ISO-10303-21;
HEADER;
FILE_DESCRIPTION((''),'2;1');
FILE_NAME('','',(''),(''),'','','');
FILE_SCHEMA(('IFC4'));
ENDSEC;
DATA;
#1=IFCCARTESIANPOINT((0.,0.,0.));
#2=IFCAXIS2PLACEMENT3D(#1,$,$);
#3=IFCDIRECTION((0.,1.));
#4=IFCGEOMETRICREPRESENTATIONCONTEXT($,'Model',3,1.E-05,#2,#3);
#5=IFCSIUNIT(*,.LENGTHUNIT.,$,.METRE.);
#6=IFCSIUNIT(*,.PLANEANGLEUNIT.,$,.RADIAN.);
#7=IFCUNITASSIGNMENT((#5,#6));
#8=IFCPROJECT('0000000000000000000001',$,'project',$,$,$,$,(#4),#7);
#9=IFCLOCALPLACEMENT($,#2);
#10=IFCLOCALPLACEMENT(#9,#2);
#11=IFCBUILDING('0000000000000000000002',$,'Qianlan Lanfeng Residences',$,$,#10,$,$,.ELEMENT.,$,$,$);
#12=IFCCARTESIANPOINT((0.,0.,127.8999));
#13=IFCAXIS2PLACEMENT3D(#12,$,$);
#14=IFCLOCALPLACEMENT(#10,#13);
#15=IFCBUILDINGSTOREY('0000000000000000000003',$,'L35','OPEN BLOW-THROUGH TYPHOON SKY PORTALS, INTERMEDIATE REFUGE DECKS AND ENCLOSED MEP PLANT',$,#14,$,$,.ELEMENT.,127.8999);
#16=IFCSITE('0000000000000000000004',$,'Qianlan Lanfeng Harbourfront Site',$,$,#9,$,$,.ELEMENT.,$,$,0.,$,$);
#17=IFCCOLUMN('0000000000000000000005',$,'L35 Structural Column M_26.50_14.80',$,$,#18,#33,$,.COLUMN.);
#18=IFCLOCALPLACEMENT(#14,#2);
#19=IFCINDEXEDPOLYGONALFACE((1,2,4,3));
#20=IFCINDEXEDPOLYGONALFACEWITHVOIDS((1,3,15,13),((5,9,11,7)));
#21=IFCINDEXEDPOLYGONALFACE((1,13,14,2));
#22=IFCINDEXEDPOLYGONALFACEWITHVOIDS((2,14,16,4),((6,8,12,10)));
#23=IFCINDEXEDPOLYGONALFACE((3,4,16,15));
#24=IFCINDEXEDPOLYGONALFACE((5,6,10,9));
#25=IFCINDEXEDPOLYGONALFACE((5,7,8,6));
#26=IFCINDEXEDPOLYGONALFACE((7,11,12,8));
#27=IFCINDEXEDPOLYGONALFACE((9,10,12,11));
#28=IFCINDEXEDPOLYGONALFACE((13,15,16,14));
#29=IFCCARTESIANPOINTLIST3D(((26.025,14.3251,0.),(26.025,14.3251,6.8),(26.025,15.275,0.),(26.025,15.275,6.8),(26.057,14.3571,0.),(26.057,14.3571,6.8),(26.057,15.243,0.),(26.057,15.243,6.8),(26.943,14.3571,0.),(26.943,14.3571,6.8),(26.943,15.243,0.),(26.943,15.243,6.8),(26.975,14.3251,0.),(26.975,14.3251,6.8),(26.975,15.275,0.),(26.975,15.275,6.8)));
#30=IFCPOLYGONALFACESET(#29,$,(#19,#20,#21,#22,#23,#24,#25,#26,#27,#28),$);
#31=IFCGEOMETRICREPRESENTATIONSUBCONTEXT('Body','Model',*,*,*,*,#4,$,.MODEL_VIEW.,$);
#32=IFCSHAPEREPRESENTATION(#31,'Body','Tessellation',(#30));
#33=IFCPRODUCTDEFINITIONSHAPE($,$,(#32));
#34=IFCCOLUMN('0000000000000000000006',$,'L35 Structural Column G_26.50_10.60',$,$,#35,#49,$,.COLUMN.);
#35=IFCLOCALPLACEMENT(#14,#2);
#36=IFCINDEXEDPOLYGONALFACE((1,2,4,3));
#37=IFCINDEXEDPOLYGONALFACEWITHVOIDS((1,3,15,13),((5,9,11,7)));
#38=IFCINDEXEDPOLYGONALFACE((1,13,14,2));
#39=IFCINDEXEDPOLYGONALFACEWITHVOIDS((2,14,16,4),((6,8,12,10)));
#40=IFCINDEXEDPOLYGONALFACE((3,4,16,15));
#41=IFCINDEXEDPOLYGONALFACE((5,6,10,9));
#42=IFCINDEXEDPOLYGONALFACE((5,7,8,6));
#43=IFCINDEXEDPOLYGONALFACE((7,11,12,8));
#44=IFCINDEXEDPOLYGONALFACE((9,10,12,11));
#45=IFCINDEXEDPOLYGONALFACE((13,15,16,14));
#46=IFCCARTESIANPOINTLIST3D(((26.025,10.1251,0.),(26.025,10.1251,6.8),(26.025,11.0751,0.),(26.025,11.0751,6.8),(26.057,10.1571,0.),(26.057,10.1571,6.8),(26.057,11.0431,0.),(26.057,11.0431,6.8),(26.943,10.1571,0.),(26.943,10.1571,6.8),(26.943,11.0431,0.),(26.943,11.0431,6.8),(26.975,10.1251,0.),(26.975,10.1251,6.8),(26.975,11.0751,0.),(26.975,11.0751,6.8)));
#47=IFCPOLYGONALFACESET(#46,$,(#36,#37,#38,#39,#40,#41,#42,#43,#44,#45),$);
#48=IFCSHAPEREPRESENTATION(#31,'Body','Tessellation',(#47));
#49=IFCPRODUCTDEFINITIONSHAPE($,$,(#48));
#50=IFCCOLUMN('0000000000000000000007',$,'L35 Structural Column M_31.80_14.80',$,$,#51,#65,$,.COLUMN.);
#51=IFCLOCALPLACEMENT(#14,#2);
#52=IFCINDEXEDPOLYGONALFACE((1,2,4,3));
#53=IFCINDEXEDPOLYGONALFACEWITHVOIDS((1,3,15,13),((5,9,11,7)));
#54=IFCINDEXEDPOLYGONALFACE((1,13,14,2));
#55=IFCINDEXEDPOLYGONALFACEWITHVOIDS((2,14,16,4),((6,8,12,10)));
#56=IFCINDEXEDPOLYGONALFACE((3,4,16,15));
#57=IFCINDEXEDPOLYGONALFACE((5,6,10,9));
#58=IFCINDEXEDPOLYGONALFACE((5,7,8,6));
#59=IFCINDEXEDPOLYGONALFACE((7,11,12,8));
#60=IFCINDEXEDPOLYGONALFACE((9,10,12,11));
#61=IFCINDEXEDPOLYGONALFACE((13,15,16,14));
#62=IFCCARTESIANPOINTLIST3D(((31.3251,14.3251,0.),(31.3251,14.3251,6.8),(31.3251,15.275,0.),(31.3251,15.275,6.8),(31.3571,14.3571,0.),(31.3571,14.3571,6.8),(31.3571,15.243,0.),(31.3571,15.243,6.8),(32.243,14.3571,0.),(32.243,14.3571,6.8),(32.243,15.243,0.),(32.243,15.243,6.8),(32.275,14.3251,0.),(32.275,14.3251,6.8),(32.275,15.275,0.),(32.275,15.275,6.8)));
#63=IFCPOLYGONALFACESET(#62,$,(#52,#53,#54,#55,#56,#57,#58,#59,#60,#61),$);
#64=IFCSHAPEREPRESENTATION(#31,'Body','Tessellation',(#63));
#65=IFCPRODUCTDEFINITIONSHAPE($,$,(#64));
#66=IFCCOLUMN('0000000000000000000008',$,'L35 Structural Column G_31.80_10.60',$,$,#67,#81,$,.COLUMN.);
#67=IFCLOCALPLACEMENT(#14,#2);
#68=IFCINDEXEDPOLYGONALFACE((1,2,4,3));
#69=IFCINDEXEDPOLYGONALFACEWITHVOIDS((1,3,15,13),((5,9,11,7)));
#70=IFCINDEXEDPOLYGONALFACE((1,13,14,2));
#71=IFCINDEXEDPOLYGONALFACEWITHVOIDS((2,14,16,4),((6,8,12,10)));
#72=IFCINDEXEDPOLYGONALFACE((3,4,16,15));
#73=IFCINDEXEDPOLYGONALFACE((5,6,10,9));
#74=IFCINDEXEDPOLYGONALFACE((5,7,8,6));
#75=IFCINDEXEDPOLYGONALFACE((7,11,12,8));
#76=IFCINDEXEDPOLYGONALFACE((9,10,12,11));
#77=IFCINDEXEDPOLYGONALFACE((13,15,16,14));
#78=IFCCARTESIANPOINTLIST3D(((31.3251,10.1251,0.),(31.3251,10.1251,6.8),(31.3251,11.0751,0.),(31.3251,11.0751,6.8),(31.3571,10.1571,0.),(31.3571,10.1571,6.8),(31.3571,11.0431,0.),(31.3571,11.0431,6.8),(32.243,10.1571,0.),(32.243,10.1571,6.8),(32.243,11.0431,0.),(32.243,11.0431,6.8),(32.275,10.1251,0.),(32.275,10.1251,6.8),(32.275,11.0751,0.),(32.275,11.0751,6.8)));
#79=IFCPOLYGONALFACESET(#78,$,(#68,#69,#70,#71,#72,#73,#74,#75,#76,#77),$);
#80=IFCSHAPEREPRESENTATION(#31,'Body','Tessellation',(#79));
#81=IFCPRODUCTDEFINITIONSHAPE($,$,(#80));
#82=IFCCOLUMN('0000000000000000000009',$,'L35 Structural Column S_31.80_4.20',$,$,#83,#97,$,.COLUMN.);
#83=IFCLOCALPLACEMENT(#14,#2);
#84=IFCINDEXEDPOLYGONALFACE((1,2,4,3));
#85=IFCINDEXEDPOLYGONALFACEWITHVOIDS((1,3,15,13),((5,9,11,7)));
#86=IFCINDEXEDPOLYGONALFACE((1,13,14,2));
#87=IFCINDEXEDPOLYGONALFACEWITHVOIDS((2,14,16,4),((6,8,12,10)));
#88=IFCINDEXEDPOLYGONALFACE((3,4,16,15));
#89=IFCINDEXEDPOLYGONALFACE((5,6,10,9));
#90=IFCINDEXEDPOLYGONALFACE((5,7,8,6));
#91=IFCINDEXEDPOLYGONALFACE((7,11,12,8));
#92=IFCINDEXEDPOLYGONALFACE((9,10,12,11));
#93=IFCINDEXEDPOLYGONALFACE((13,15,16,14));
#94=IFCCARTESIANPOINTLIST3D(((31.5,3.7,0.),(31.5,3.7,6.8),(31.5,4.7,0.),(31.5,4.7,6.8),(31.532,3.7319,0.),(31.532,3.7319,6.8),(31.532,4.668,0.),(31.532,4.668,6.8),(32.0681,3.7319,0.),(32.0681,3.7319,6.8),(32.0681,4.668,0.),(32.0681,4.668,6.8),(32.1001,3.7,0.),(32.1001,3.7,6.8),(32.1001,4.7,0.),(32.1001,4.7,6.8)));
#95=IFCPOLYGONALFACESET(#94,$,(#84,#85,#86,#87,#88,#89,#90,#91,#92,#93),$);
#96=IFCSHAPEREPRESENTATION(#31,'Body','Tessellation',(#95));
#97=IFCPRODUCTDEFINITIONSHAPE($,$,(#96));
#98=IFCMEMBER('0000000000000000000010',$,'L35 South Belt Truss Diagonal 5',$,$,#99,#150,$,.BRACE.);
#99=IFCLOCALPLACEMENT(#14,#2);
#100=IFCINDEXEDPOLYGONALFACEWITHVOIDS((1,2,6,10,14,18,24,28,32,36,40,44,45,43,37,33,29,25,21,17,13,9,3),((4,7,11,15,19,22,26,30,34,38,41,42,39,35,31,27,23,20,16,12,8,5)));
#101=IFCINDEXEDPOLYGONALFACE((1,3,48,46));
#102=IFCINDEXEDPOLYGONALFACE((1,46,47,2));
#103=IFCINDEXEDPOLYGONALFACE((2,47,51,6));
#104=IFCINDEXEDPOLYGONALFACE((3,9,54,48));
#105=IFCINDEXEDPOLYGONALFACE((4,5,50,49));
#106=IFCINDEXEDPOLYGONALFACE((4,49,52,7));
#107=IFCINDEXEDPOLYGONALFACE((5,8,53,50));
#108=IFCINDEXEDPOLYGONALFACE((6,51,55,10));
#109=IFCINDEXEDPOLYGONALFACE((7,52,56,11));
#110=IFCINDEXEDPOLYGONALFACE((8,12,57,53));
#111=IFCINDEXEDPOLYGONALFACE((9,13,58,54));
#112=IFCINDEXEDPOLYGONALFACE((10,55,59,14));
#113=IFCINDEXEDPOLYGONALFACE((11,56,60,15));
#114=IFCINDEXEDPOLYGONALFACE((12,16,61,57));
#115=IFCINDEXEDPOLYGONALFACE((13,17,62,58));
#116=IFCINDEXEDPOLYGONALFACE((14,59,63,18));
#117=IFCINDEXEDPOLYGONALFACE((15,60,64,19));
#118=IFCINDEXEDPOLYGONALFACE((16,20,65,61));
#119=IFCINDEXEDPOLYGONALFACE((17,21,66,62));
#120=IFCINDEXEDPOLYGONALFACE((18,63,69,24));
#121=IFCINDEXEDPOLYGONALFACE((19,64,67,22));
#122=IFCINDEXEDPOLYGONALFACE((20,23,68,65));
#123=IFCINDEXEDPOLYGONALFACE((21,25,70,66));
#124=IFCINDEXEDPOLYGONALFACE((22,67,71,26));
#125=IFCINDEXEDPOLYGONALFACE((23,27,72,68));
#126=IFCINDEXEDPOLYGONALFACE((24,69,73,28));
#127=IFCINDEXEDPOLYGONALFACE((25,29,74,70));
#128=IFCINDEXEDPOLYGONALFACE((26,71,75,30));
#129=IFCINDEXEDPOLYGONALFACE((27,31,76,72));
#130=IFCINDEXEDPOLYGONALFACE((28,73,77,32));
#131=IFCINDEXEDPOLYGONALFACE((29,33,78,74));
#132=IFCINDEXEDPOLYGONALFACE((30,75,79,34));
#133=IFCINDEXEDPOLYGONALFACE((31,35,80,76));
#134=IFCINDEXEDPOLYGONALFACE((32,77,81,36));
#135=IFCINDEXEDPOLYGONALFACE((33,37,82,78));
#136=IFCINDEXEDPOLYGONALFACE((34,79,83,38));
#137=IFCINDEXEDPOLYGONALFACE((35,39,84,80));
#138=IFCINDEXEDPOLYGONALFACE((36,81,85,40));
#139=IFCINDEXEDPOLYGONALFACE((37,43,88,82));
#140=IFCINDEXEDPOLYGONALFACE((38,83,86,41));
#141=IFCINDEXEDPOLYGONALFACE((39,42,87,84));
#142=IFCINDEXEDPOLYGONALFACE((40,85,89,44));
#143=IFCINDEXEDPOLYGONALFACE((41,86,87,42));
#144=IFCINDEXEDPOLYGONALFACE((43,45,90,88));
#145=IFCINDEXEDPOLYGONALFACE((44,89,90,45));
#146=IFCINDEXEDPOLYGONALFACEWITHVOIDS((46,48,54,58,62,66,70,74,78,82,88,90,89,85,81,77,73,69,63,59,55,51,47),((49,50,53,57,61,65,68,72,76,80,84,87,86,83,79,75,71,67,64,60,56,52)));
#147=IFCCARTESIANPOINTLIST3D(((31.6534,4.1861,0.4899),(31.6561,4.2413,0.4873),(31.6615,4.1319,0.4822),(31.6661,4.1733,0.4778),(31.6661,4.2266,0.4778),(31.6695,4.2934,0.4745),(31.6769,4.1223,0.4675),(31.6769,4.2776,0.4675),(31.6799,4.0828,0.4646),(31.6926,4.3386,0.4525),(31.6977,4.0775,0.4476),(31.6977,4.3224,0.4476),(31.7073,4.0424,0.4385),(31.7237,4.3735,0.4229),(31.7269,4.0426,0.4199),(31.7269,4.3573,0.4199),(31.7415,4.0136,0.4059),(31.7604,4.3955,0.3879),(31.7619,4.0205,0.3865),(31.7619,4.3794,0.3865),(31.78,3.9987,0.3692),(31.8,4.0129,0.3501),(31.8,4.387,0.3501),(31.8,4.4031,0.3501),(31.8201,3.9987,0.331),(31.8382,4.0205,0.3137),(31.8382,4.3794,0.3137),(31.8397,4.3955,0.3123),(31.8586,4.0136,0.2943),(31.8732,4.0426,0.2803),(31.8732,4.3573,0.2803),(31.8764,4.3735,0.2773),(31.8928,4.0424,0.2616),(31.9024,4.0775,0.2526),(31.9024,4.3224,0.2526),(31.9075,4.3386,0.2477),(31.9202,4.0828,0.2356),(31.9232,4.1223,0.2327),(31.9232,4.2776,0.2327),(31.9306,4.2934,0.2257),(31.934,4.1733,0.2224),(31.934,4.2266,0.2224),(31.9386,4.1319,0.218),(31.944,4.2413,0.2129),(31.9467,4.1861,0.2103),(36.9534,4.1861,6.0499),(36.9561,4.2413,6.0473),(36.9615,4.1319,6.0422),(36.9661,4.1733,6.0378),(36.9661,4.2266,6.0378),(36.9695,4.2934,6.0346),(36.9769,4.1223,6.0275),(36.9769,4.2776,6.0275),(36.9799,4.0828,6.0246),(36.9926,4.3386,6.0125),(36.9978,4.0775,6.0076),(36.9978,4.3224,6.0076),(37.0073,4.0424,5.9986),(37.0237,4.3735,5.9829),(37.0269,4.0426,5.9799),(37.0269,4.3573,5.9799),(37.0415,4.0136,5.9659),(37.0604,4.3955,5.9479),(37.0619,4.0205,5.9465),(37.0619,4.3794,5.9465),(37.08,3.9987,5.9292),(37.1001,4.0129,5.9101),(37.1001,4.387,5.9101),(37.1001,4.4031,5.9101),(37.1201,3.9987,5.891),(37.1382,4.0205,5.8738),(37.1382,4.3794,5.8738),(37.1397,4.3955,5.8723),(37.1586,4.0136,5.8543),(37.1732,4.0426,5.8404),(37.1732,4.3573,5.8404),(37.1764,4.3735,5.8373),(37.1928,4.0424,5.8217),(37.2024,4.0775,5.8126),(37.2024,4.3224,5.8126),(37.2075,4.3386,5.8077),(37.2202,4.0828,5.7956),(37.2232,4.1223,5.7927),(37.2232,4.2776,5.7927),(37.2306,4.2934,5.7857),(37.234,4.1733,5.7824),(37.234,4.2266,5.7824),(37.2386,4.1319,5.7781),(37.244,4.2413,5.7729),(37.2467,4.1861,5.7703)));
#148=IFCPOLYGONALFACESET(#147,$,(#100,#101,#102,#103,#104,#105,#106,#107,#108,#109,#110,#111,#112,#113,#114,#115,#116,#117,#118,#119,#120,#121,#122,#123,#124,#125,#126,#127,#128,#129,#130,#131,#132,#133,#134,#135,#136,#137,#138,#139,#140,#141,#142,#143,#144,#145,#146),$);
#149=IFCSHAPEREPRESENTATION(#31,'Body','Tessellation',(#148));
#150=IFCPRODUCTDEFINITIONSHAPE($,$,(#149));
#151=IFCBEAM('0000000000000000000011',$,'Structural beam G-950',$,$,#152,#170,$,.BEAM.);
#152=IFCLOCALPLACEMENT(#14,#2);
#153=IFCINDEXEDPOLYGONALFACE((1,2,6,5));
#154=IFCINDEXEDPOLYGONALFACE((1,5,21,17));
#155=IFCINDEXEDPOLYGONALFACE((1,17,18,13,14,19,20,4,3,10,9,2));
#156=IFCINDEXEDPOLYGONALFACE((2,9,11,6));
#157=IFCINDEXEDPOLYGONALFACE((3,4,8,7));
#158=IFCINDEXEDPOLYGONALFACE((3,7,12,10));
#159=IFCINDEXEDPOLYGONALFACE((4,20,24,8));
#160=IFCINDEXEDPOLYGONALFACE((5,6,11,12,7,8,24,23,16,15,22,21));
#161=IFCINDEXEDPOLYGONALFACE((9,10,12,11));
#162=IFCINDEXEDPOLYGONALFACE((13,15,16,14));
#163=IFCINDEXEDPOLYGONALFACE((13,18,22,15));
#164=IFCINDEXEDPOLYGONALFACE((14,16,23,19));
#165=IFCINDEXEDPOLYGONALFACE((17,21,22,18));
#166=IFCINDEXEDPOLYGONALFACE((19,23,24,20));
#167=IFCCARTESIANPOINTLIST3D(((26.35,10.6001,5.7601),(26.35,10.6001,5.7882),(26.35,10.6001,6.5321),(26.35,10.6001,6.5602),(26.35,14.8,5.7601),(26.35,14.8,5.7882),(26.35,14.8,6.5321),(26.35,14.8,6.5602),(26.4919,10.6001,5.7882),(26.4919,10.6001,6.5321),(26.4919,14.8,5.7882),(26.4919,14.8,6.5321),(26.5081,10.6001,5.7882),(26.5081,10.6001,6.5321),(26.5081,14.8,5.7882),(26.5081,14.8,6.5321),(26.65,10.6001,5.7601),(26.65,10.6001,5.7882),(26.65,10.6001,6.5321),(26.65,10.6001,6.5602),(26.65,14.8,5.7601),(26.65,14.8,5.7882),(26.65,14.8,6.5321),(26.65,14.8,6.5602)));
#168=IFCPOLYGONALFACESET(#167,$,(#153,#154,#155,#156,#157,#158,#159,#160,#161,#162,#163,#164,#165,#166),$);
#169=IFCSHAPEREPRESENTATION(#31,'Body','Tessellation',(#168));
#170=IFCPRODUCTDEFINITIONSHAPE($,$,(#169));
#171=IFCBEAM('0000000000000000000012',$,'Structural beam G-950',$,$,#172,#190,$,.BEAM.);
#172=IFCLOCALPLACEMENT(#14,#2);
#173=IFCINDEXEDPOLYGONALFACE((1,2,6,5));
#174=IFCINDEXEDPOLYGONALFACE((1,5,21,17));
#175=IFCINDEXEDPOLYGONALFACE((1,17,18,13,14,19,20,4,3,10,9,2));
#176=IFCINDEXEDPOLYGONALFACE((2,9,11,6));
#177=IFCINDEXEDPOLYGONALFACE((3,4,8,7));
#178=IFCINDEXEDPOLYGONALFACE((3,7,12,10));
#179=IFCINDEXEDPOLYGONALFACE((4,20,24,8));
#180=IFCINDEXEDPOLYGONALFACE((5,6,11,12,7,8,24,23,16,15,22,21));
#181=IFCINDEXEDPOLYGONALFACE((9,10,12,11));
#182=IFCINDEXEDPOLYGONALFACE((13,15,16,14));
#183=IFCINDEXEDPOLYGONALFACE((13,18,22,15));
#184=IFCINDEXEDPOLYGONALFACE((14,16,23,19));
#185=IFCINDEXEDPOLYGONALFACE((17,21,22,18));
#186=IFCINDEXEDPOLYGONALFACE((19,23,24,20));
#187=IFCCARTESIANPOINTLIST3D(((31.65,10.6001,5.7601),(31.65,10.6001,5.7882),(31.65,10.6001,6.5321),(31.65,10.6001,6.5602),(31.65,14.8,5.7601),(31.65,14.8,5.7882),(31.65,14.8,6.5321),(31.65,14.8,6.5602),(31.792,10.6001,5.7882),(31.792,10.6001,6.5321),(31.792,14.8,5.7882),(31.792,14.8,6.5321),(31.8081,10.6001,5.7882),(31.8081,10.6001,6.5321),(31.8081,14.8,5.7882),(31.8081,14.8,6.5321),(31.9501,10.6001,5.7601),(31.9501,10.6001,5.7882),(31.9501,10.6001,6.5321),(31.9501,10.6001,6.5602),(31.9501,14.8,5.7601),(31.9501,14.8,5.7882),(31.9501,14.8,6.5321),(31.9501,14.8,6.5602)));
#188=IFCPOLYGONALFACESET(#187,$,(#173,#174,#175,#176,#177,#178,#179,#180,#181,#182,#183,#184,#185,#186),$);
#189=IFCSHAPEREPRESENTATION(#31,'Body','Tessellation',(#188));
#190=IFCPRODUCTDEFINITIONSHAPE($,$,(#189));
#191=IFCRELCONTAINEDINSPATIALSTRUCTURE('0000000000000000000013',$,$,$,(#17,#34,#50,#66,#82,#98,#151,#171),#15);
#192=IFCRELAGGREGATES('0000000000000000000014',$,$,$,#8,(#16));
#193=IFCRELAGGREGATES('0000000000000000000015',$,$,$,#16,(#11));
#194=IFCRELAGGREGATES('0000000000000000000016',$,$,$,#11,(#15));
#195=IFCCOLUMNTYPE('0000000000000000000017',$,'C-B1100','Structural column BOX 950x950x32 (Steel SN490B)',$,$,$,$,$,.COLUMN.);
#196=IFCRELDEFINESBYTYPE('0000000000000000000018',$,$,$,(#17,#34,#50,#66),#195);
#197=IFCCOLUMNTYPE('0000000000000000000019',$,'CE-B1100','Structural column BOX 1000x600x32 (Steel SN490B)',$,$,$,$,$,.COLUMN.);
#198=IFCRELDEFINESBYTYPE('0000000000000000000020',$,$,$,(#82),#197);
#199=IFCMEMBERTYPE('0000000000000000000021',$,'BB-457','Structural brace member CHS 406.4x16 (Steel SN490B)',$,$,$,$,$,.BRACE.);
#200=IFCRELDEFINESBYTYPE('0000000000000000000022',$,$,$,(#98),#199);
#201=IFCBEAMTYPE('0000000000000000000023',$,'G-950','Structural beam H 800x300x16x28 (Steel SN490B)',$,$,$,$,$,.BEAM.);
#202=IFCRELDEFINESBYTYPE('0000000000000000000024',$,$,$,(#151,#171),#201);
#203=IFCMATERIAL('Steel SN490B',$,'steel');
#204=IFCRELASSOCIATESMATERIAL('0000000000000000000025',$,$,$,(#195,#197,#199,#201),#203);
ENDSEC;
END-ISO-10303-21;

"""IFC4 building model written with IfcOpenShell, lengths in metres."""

from ifc_helpers import new_model, si_unit, direction, frame, origin, origin_2d, place, context, subcontext, project, spatial, hollow_rectangle, hollow_circle, i_section, extrude, material, material_profile, profile_set, type_object, element, save


model = new_model("IFC4")

# Units and contexts
model_context = context("Model", 3, precision=1e-05, world=origin(), true_north=direction((0.0, 1.0)))
body_context = subcontext(model_context, "Body", "Model", "MODEL_VIEW")
ifc_project = project(units=[si_unit("LENGTHUNIT", "METRE"), si_unit("PLANEANGLEUNIT", "RADIAN")], contexts=[model_context])

# Site, building, storey
site_placement = place(None, origin())
site = spatial("IfcSite", under=ifc_project, at=site_placement, Name="Qianlan Lanfeng Harbourfront Site", CompositionType="ELEMENT", RefElevation=0.0)
building_placement = place(site_placement, origin())
building = spatial("IfcBuilding", under=site, at=building_placement, Name="Qianlan Lanfeng Residences", CompositionType="ELEMENT")
storey_placement = place(building_placement, frame((0.0, 0.0, 127.8999)))
storey = spatial("IfcBuildingStorey", under=building, at=storey_placement, Name="L35", Description="OPEN BLOW-THROUGH TYPHOON SKY PORTALS, INTERMEDIATE REFUGE DECKS AND ENCLOSED MEP PLANT", CompositionType="ELEMENT", Elevation=127.8999)

# Columns
ifc_material_1 = material(Name="Steel SN490B", Category="steel")
ifc_material_profile_1 = material_profile(ifc_material_1, hollow_rectangle(XDim=0.95, YDim=0.95, WallThickness=0.032, at=origin_2d()), Name="BOX 950x950x32")
ifc_profile_set_1 = profile_set([ifc_material_profile_1], Name="Steel SN490B")
column_type_1 = type_object("IfcColumnType", Name="C-B1100", Description="Structural column BOX 950x950x32 (Steel SN490B)", PredefinedType="COLUMN", material=ifc_profile_set_1)
for number, where, z_axis, x_axis, name in (
    (1, (26.5, 14.8, 0.0), (0.0, 0.0, 1.0), (1.0, 0.0, 0.0), "L35 Structural Column M_26.50_14.80"),
    (2, (26.5, 10.6001, 0.0), (0.0, 0.0, 1.0), (1.0, 0.0, 0.0), "L35 Structural Column G_26.50_10.60"),
    (3, (31.8, 14.8, 0.0), (0.0, 0.0, 1.0), (1.0, 0.0, 0.0), "L35 Structural Column M_31.80_14.80"),
    (4, (31.8, 10.6001, 0.0), (0.0, 0.0, 1.0), (1.0, 0.0, 0.0), "L35 Structural Column G_31.80_10.60"),
):
    element("IfcColumn", number, at=place(storey_placement, frame(where, z_axis=z_axis, x_axis=x_axis)), inside=storey, type_object=column_type_1, Name=name, PredefinedType="COLUMN", context=body_context, shape_type="SweptSolid", body=[
        extrude(hollow_rectangle(XDim=0.95, YDim=0.95, WallThickness=0.032, at=origin_2d()), origin(), (0.0, 0.0, 1.0), 6.8),
    ])
ifc_material_profile_2 = material_profile(ifc_material_1, hollow_rectangle(XDim=0.6001, YDim=1.0, WallThickness=0.032, at=origin_2d()), Name="BOX 1000x600x32")
ifc_profile_set_2 = profile_set([ifc_material_profile_2], Name="Steel SN490B")
column_type_2 = type_object("IfcColumnType", Name="CE-B1100", Description="Structural column BOX 1000x600x32 (Steel SN490B)", PredefinedType="COLUMN", material=ifc_profile_set_2)
column_placement = place(storey_placement, frame((31.8, 4.2, 0.0), z_axis=(0.0, 0.0, 1.0), x_axis=(1.0, 0.0, 0.0)))
element("IfcColumn", 5, at=column_placement, inside=storey, type_object=column_type_2, Name="L35 Structural Column S_31.80_4.20", PredefinedType="COLUMN", context=body_context, shape_type="SweptSolid", body=[
    extrude(hollow_rectangle(XDim=0.6001, YDim=1.0, WallThickness=0.032, at=origin_2d()), origin(), (0.0, 0.0, 1.0), 6.8),
])

# Member
ifc_material_profile_3 = material_profile(ifc_material_1, hollow_circle(Radius=0.2031, WallThickness=0.0161, at=origin_2d()), Name="CHS 406.4x16")
ifc_profile_set_3 = profile_set([ifc_material_profile_3], Name="Steel SN490B")
member_type_1 = type_object("IfcMemberType", Name="BB-457", Description="Structural brace member CHS 406.4x16 (Steel SN490B)", PredefinedType="BRACE", material=ifc_profile_set_3)
member_1_placement = place(storey_placement, frame((31.8, 4.2, 0.3501), z_axis=(0.68998, 0.0, 0.723829), x_axis=(0.0, 1.0, 0.0)))
element("IfcMember", 6, at=member_1_placement, inside=storey, type_object=member_type_1, Name="L35 South Belt Truss Diagonal 5", PredefinedType="BRACE", context=body_context, shape_type="SweptSolid", body=[
    extrude(hollow_circle(Radius=0.2031, WallThickness=0.0161, at=origin_2d()), origin(), (0.0, 0.0, 1.0), 7.6814),
])

# Beams
ifc_material_profile_4 = material_profile(ifc_material_1, i_section(OverallWidth=0.3, OverallDepth=0.8, WebThickness=0.0161, FlangeThickness=0.0281, at=origin_2d()), Name="H 800x300x16x28")
ifc_profile_set_4 = profile_set([ifc_material_profile_4], Name="Steel SN490B")
beam_type_1 = type_object("IfcBeamType", Name="G-950", Description="Structural beam H 800x300x16x28 (Steel SN490B)", PredefinedType="BEAM", material=ifc_profile_set_4)
for number, where, z_axis, x_axis, name in (
    (7, (26.5, 10.6001, 6.1602), (0.0, 1.0, 0.0), (-1.0, 0.0, 0.0), "Structural beam G-950"),
    (8, (31.8, 10.6001, 6.1602), (0.0, 1.0, 0.0), (-1.0, 0.0, 0.0), "Structural beam G-950"),
):
    element("IfcBeam", number, at=place(storey_placement, frame(where, z_axis=z_axis, x_axis=x_axis)), inside=storey, type_object=beam_type_1, Name=name, PredefinedType="BEAM", context=body_context, shape_type="SweptSolid", body=[
        extrude(i_section(OverallWidth=0.3, OverallDepth=0.8, WebThickness=0.0161, FlangeThickness=0.0281, at=origin_2d()), origin(), (0.0, 0.0, 1.0), 4.2),
    ])

save(model, "model.ifc")
